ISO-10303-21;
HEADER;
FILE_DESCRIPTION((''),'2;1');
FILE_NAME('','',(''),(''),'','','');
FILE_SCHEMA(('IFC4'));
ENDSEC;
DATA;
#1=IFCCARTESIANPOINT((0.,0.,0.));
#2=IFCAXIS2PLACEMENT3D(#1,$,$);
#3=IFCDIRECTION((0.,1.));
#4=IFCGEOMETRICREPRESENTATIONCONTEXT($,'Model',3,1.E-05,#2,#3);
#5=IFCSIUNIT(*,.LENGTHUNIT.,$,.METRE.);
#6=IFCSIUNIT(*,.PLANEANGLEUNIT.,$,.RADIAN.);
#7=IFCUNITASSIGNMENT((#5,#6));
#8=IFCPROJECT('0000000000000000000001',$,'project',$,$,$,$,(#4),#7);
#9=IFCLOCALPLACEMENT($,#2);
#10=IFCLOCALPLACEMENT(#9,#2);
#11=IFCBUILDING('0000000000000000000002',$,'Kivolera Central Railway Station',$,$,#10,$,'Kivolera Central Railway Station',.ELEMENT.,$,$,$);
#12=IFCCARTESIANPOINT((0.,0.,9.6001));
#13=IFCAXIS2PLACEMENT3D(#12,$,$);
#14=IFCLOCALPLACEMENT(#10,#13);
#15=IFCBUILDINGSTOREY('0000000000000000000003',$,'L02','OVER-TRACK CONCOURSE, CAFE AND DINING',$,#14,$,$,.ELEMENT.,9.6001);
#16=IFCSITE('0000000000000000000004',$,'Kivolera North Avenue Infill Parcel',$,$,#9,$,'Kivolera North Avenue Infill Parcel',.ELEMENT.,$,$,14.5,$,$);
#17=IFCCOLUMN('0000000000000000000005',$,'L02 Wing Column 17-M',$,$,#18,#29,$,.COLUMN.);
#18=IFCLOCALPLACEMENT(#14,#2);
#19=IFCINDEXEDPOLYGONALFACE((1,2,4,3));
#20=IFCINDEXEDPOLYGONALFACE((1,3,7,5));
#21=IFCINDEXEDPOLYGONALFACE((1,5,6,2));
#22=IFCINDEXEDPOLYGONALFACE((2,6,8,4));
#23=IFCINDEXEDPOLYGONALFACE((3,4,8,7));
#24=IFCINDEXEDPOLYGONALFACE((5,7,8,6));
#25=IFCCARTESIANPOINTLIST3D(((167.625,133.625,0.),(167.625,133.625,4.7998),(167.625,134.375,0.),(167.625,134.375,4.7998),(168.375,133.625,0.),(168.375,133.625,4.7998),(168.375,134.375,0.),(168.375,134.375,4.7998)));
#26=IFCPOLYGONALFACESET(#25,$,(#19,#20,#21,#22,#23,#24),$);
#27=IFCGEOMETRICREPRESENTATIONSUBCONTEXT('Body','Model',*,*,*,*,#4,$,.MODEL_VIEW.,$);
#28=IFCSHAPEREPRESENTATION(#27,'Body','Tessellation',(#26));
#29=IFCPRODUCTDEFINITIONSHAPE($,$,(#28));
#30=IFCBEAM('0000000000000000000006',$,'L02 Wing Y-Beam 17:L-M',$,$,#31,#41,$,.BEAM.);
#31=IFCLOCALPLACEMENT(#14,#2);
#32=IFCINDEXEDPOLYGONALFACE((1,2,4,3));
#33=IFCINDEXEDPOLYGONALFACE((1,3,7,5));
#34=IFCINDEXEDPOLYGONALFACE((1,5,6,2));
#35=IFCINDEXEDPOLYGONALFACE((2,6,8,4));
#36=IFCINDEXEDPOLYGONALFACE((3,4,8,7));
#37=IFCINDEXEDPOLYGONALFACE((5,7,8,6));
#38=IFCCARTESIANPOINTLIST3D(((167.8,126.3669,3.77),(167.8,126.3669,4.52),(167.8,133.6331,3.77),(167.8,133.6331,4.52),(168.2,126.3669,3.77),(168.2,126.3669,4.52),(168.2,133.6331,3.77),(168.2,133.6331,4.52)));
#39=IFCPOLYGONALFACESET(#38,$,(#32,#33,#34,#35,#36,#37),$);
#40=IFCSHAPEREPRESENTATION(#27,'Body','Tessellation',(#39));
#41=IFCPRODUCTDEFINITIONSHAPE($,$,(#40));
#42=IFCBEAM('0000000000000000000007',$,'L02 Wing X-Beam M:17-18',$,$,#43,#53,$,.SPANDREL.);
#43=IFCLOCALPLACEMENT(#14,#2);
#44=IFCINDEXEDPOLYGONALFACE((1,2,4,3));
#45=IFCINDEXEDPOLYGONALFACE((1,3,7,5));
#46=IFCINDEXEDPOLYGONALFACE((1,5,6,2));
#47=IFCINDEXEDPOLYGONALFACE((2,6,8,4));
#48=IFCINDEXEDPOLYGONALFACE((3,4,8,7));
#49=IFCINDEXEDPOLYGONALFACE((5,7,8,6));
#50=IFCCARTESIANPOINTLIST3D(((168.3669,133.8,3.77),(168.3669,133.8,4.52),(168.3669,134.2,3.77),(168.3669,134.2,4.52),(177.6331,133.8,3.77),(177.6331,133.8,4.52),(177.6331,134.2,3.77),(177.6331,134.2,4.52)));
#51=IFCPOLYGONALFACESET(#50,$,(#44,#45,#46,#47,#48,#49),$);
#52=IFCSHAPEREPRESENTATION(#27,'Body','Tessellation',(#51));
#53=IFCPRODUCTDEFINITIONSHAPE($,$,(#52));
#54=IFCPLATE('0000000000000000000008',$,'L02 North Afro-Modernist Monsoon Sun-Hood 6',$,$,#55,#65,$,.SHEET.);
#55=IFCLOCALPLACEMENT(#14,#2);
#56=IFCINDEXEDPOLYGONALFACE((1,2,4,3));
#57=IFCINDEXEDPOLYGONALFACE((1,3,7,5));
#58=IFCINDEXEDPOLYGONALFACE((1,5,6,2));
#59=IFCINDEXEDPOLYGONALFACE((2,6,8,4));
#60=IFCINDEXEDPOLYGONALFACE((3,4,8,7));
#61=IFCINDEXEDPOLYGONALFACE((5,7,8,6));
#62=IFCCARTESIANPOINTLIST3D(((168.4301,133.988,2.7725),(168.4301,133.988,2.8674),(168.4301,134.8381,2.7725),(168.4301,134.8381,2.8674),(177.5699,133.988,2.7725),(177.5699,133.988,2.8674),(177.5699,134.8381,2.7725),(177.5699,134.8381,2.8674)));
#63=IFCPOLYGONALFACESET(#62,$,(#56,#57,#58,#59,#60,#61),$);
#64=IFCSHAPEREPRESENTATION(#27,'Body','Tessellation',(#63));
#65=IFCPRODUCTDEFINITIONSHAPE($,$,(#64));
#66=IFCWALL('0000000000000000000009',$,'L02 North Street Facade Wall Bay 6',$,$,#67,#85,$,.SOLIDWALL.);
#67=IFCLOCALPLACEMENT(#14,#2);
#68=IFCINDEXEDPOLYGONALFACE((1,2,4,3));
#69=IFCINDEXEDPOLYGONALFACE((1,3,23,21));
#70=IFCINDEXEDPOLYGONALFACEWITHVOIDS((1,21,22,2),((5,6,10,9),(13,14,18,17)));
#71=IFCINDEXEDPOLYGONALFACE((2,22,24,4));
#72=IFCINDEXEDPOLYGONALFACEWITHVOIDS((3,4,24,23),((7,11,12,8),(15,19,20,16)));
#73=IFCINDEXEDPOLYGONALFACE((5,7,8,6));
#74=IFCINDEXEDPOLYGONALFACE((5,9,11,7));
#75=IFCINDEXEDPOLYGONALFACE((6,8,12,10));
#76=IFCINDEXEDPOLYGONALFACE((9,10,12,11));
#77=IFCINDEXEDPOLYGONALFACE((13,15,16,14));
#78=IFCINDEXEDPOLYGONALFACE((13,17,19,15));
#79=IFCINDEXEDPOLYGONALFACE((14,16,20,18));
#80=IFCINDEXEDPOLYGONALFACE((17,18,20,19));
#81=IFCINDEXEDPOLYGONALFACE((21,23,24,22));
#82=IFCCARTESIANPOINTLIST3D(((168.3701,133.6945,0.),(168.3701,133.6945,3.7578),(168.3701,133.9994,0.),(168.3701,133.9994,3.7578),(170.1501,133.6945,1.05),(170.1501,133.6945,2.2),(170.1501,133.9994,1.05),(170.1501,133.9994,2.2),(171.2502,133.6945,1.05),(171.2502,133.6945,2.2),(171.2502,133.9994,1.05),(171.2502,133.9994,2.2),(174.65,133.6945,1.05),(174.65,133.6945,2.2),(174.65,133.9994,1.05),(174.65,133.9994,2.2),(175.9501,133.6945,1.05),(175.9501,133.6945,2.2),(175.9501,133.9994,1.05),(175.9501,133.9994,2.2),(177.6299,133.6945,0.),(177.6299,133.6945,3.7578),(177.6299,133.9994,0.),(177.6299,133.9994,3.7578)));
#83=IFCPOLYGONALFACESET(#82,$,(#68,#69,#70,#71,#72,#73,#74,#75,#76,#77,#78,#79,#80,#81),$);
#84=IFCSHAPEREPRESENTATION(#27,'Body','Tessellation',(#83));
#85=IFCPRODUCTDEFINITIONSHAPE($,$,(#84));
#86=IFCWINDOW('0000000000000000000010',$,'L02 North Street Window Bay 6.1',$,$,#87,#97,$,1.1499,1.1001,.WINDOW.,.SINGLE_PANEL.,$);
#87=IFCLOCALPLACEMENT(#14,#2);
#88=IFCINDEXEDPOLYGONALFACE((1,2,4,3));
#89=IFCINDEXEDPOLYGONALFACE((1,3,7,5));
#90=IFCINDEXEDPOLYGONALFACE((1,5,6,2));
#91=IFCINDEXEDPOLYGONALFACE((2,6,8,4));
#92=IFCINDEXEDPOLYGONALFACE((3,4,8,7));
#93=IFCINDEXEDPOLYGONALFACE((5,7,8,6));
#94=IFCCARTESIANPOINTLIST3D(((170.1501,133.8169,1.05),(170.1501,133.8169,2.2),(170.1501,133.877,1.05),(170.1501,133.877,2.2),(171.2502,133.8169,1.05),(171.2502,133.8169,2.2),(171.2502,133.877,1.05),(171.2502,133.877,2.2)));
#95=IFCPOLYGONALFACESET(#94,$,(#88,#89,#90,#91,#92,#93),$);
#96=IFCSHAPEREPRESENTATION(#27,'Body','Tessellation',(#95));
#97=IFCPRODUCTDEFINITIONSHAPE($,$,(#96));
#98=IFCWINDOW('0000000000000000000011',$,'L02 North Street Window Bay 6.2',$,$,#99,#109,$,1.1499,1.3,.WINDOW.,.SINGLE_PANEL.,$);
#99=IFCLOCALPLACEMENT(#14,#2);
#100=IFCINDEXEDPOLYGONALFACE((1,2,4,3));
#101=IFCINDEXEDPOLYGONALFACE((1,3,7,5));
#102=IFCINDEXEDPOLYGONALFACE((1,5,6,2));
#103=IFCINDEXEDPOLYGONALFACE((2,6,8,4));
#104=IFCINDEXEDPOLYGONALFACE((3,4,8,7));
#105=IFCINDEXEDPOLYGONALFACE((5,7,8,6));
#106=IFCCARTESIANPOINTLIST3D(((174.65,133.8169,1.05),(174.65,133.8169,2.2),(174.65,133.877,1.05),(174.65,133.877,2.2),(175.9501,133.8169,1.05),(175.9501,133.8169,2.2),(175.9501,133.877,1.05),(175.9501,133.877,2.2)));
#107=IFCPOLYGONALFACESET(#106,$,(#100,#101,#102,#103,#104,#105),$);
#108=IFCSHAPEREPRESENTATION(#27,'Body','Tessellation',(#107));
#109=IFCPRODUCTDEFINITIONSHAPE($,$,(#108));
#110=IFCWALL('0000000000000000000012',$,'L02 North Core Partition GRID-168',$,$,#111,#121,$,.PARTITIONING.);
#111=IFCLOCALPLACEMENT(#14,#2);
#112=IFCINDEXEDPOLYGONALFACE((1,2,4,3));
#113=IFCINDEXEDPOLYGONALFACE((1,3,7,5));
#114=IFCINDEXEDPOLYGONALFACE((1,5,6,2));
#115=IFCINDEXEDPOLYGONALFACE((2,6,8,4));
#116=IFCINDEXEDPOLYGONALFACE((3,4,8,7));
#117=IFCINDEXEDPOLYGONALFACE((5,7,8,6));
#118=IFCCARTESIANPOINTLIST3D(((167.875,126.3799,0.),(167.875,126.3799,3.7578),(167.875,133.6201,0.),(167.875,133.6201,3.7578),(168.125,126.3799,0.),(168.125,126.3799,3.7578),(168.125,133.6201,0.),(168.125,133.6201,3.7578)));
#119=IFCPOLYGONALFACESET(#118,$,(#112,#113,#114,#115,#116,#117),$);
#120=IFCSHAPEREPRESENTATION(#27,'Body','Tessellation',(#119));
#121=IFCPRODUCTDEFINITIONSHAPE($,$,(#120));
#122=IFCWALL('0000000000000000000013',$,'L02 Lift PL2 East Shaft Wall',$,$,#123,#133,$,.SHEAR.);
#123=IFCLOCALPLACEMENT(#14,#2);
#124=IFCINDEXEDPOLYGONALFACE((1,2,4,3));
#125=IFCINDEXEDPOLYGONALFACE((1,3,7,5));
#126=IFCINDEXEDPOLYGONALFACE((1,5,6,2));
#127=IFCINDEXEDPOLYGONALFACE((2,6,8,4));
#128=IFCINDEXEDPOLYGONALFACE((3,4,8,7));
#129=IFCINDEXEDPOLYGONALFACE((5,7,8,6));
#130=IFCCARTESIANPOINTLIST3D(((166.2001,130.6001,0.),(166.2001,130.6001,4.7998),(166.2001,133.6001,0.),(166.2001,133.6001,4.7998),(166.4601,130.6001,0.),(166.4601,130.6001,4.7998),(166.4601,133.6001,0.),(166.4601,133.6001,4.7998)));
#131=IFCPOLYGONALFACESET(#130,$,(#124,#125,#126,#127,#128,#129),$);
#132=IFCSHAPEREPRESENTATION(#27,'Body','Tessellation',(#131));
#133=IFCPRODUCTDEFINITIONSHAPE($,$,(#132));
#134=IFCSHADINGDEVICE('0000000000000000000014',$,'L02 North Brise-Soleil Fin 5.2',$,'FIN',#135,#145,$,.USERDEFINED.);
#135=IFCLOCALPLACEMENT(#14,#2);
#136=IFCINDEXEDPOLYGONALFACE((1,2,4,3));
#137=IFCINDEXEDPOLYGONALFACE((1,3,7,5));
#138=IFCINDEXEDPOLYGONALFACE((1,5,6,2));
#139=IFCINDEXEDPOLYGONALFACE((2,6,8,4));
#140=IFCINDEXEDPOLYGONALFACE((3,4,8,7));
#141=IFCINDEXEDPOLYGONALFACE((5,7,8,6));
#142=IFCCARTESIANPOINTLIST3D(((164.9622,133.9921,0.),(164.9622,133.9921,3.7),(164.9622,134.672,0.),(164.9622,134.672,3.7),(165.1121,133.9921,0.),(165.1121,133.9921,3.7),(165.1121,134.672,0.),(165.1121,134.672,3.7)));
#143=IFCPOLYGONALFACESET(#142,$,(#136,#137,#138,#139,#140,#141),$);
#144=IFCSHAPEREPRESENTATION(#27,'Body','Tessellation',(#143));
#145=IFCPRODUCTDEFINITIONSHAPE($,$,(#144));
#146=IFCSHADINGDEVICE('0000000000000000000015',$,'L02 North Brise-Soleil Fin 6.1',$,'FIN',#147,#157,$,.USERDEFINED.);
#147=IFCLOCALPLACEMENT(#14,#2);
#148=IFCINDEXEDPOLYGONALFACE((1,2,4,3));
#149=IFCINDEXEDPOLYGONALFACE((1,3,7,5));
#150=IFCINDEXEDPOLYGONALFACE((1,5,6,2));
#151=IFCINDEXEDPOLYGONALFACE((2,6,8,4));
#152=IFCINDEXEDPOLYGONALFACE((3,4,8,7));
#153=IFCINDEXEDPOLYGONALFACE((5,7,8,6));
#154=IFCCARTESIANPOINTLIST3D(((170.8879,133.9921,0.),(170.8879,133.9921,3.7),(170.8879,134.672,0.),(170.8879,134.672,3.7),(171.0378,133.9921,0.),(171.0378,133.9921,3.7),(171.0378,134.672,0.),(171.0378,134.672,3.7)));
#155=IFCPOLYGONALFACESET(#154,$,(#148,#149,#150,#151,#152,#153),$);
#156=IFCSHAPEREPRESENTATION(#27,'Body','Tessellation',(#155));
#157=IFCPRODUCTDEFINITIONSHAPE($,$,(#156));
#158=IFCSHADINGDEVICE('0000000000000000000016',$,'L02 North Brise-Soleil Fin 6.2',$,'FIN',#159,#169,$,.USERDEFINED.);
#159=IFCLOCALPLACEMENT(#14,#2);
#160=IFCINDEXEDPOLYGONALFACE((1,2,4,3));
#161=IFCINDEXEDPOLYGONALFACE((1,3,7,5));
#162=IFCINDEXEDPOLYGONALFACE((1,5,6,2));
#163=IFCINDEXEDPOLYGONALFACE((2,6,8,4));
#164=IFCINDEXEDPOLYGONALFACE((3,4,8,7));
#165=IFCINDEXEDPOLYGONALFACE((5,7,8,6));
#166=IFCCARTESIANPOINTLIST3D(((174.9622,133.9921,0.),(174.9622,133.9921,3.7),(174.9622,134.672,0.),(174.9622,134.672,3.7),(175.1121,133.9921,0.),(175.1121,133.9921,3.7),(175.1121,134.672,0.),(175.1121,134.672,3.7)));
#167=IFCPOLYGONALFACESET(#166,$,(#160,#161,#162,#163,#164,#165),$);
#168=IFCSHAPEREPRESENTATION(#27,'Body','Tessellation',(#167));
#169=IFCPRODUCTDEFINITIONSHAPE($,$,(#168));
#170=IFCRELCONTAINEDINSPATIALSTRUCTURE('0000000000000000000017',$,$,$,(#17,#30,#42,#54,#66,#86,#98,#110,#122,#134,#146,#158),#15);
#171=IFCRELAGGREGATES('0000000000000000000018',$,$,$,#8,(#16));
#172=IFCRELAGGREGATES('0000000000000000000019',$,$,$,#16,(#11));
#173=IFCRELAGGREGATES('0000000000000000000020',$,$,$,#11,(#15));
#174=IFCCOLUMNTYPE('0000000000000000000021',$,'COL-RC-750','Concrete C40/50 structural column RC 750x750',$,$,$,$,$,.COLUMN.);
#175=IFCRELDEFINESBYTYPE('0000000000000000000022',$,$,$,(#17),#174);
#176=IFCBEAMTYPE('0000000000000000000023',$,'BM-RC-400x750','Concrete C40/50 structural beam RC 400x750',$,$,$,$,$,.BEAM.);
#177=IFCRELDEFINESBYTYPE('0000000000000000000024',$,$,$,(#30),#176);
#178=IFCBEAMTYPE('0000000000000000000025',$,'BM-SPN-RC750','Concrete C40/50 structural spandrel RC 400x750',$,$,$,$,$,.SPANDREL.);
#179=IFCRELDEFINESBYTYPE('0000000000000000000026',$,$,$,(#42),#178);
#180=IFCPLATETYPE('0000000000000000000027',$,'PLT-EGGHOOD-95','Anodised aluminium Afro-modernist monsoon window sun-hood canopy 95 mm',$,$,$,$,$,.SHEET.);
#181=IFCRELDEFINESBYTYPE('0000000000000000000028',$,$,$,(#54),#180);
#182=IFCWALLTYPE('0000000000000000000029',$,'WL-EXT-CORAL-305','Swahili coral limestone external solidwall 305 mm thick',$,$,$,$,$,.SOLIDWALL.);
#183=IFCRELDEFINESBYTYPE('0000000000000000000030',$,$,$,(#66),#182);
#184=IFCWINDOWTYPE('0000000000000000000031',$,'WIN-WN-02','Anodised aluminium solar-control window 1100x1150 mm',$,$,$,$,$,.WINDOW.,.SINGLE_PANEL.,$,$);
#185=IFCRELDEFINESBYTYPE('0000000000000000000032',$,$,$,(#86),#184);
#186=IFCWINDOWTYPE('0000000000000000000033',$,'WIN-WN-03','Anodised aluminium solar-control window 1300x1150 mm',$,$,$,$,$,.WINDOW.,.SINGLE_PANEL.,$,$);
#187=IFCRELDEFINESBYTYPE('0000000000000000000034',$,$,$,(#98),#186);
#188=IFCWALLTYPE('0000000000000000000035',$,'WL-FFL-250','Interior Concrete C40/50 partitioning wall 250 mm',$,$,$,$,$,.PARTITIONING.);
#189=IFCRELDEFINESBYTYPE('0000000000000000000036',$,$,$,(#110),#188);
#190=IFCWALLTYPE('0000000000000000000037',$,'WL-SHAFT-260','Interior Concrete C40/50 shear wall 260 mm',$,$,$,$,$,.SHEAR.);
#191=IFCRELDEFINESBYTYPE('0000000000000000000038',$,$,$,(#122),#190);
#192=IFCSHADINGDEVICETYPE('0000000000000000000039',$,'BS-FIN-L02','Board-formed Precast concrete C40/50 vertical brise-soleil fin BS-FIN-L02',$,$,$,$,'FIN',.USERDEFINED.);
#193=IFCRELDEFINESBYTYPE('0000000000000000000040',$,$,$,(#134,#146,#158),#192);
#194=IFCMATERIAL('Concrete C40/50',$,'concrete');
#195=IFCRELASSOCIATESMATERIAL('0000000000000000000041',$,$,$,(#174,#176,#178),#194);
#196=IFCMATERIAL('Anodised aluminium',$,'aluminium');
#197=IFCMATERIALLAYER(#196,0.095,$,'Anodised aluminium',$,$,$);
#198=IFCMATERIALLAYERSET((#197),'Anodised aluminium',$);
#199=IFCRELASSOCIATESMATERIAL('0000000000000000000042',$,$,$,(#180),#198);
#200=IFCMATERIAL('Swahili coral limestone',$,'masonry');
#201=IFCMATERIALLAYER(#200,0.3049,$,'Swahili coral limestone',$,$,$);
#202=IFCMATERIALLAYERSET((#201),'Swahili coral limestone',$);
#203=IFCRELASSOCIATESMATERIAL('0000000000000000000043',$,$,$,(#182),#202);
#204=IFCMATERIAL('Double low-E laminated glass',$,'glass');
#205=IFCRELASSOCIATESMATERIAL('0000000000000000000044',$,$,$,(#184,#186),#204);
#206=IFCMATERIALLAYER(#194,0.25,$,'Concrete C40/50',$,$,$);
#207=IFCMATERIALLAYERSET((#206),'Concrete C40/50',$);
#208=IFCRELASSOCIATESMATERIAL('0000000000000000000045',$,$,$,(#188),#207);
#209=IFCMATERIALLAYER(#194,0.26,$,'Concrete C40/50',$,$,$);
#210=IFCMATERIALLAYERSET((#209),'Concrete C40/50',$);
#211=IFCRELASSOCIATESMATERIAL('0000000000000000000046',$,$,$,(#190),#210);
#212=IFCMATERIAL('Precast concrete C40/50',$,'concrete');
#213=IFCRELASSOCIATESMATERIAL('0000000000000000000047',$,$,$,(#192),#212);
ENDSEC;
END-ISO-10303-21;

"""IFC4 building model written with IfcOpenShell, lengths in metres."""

from ifc_helpers import new_model, si_unit, direction, frame, frame_2d, origin, origin_2d, place, context, subcontext, project, spatial, rectangle, extrude, material, layer, layer_set, material_profile, profile_set, type_object, element, fill, save


model = new_model("IFC4")

# Units and contexts
model_context = context("Model", 3, precision=1e-05, world=origin(), true_north=direction((0.0, 1.0)))
body_context = subcontext(model_context, "Body", "Model", "MODEL_VIEW")
ifc_project = project(units=[si_unit("LENGTHUNIT", "METRE"), si_unit("PLANEANGLEUNIT", "RADIAN")], contexts=[model_context])

# Site, building, storey
site_placement = place(None, origin())
site = spatial("IfcSite", under=ifc_project, at=site_placement, Name="Kivolera North Avenue Infill Parcel", LongName="Kivolera North Avenue Infill Parcel", CompositionType="ELEMENT", RefElevation=14.5)
building_placement = place(site_placement, origin())
building = spatial("IfcBuilding", under=site, at=building_placement, Name="Kivolera Central Railway Station", LongName="Kivolera Central Railway Station", CompositionType="ELEMENT")
storey_placement = place(building_placement, frame((0.0, 0.0, 9.6001)))
storey = spatial("IfcBuildingStorey", under=building, at=storey_placement, Name="L02", Description="OVER-TRACK CONCOURSE, CAFE AND DINING", CompositionType="ELEMENT", Elevation=9.6001)

# Column
ifc_material_1 = material(Name="Concrete C40/50", Category="concrete")
ifc_material_profile_1 = material_profile(ifc_material_1, rectangle(XDim=0.75, YDim=0.75, at=origin_2d()), Name="RC 750x750")
ifc_profile_set_1 = profile_set([ifc_material_profile_1], Name="Concrete C40/50")
column_type = type_object("IfcColumnType", Name="COL-RC-750", Description="Concrete C40/50 structural column RC 750x750", PredefinedType="COLUMN", material=ifc_profile_set_1)
column_placement = place(storey_placement, frame((168.0, 134.0, 0.0), z_axis=(0.0, 0.0, 1.0), x_axis=(1.0, 0.0, 0.0)))
element("IfcColumn", 1, at=column_placement, inside=storey, type_object=column_type, Name="L02 Wing Column 17-M", PredefinedType="COLUMN", context=body_context, shape_type="SweptSolid", body=[
    extrude(rectangle(XDim=0.75, YDim=0.75, at=origin_2d()), origin(), (0.0, 0.0, 1.0), 4.7998),
])

# Beams
ifc_material_profile_2 = material_profile(ifc_material_1, rectangle(XDim=0.3999, YDim=0.75, at=origin_2d()), Name="RC 400x750")
ifc_profile_set_2 = profile_set([ifc_material_profile_2], Name="Concrete C40/50")
beam_type_1 = type_object("IfcBeamType", Name="BM-RC-400x750", Description="Concrete C40/50 structural beam RC 400x750", PredefinedType="BEAM", material=ifc_profile_set_2)
beam_1_placement = place(storey_placement, frame((168.0, 126.3669, 4.145), z_axis=(0.0, 1.0, 0.0), x_axis=(-1.0, 0.0, 0.0)))
element("IfcBeam", 2, at=beam_1_placement, inside=storey, type_object=beam_type_1, Name="L02 Wing Y-Beam 17:L-M", PredefinedType="BEAM", context=body_context, shape_type="SweptSolid", body=[
    extrude(rectangle(XDim=0.3999, YDim=0.75, at=origin_2d()), origin(), (0.0, 0.0, 1.0), 7.2661),
])
ifc_material_profile_3 = material_profile(ifc_material_1, rectangle(XDim=0.3999, YDim=0.75, at=origin_2d()), Name="RC 400x750")
ifc_profile_set_3 = profile_set([ifc_material_profile_3], Name="Concrete C40/50")
beam_type_2 = type_object("IfcBeamType", Name="BM-SPN-RC750", Description="Concrete C40/50 structural spandrel RC 400x750", PredefinedType="SPANDREL", material=ifc_profile_set_3)
beam_2_placement = place(storey_placement, frame((168.3669, 134.0, 4.145), z_axis=(1.0, 0.0, 0.0), x_axis=(0.0, 1.0, 0.0)))
element("IfcBeam", 3, at=beam_2_placement, inside=storey, type_object=beam_type_2, Name="L02 Wing X-Beam M:17-18", PredefinedType="SPANDREL", context=body_context, shape_type="SweptSolid", body=[
    extrude(rectangle(XDim=0.3999, YDim=0.75, at=origin_2d()), origin(), (0.0, 0.0, 1.0), 9.2661),
])

# Plate
ifc_material_2 = material(Name="Anodised aluminium", Category="aluminium")
ifc_layer_1 = layer(ifc_material_2, 0.095, Name="Anodised aluminium")
ifc_layer_set_1 = layer_set([ifc_layer_1], Name="Anodised aluminium")
plate_type = type_object("IfcPlateType", Name="PLT-EGGHOOD-95", Description="Anodised aluminium Afro-modernist monsoon window sun-hood canopy 95 mm", PredefinedType="SHEET", material=ifc_layer_set_1)
plate_placement = place(storey_placement, frame((173.0, 134.4131, 2.7725), z_axis=(0.0, 0.0, 1.0), x_axis=(1.0, 0.0, 0.0)))
element("IfcPlate", 4, at=plate_placement, inside=storey, type_object=plate_type, Name="L02 North Afro-Modernist Monsoon Sun-Hood 6", PredefinedType="SHEET", context=body_context, shape_type="SweptSolid", body=[
    extrude(rectangle(XDim=9.1399, YDim=0.8501, at=origin_2d()), origin(), (0.0, 0.0, 1.0), 0.095),
])

# Wall, openings, windows
ifc_material_3 = material(Name="Swahili coral limestone", Category="masonry")
ifc_layer_2 = layer(ifc_material_3, 0.3049, Name="Swahili coral limestone")
ifc_layer_set_2 = layer_set([ifc_layer_2], Name="Swahili coral limestone")
wall_type_1 = type_object("IfcWallType", Name="WL-EXT-CORAL-305", Description="Swahili coral limestone external solidwall 305 mm thick", PredefinedType="SOLIDWALL", material=ifc_layer_set_2)
wall_1_placement = place(storey_placement, frame((168.3701, 133.8469, 0.0), z_axis=(0.0, 0.0, 1.0), x_axis=(1.0, 0.0, 0.0)))
wall_1 = element("IfcWall", 5, at=wall_1_placement, inside=storey, type_object=wall_type_1, Name="L02 North Street Facade Wall Bay 6", PredefinedType="SOLIDWALL", context=body_context, shape_type="SweptSolid", body=[
    extrude(rectangle(XDim=9.2598, YDim=0.3049, at=frame_2d((4.6299, 0.0))), origin(), (0.0, 0.0, 1.0), 3.7578),
])
opening_1_placement = place(wall_1_placement, frame((1.78, 0.0, 1.05)))
opening_1 = element("IfcOpeningElement", 6, at=opening_1_placement, cuts=wall_1, PredefinedType="OPENING", context=body_context, shape_type="SweptSolid", body=[
    extrude(rectangle(XDim=1.1001, YDim=1.1499, at=frame_2d((0.55, 0.575))), frame((0.0, 0.1624, 0.0), z_axis=(0.0, -1.0, 0.0), x_axis=(1.0, 0.0, 0.0)), (0.0, 0.0, 1.0), 0.325),
])
opening_2_placement = place(wall_1_placement, frame((6.28, 0.0, 1.05)))
opening_2 = element("IfcOpeningElement", 7, at=opening_2_placement, cuts=wall_1, PredefinedType="OPENING", context=body_context, shape_type="SweptSolid", body=[
    extrude(rectangle(XDim=1.3, YDim=1.1499, at=frame_2d((0.6499, 0.575))), frame((0.0, 0.1624, 0.0), z_axis=(0.0, -1.0, 0.0), x_axis=(1.0, 0.0, 0.0)), (0.0, 0.0, 1.0), 0.325),
])
ifc_material_4 = material(Name="Double low-E laminated glass", Category="glass")
window_type_1 = type_object("IfcWindowType", Name="WIN-WN-02", Description="Anodised aluminium solar-control window 1100x1150 mm", PartitioningType="SINGLE_PANEL", PredefinedType="WINDOW", material=ifc_material_4)
window_1_placement = place(opening_1_placement, origin())
window_1 = element("IfcWindow", 8, at=window_1_placement, inside=storey, type_object=window_type_1, Name="L02 North Street Window Bay 6.1", OverallHeight=1.1499, OverallWidth=1.1001, PartitioningType="SINGLE_PANEL", PredefinedType="WINDOW", context=body_context, shape_type="SweptSolid", body=[
    extrude(rectangle(XDim=1.1001, YDim=1.1499, at=frame_2d((0.55, 0.575))), frame((0.0, 0.03, 0.0), z_axis=(0.0, -1.0, 0.0), x_axis=(1.0, 0.0, 0.0)), (0.0, 0.0, 1.0), 0.0601),
])
fill(opening_1, window_1)
window_type_2 = type_object("IfcWindowType", Name="WIN-WN-03", Description="Anodised aluminium solar-control window 1300x1150 mm", PartitioningType="SINGLE_PANEL", PredefinedType="WINDOW", material=ifc_material_4)
window_2_placement = place(opening_2_placement, origin())
window_2 = element("IfcWindow", 9, at=window_2_placement, inside=storey, type_object=window_type_2, Name="L02 North Street Window Bay 6.2", OverallHeight=1.1499, OverallWidth=1.3, PartitioningType="SINGLE_PANEL", PredefinedType="WINDOW", context=body_context, shape_type="SweptSolid", body=[
    extrude(rectangle(XDim=1.3, YDim=1.1499, at=frame_2d((0.6499, 0.575))), frame((0.0, 0.03, 0.0), z_axis=(0.0, -1.0, 0.0), x_axis=(1.0, 0.0, 0.0)), (0.0, 0.0, 1.0), 0.0601),
])
fill(opening_2, window_2)

# Walls
ifc_layer_3 = layer(ifc_material_1, 0.25, Name="Concrete C40/50")
ifc_layer_set_3 = layer_set([ifc_layer_3], Name="Concrete C40/50")
wall_type_2 = type_object("IfcWallType", Name="WL-FFL-250", Description="Interior Concrete C40/50 partitioning wall 250 mm", PredefinedType="PARTITIONING", material=ifc_layer_set_3)
wall_2_placement = place(storey_placement, frame((168.0, 126.3799, 0.0), z_axis=(0.0, 0.0, 1.0), x_axis=(0.0, 1.0, 0.0)))
element("IfcWall", 10, at=wall_2_placement, inside=storey, type_object=wall_type_2, Name="L02 North Core Partition GRID-168", PredefinedType="PARTITIONING", context=body_context, shape_type="SweptSolid", body=[
    extrude(rectangle(XDim=7.2402, YDim=0.25, at=frame_2d((3.6201, 0.0))), origin(), (0.0, 0.0, 1.0), 3.7578),
])
ifc_layer_4 = layer(ifc_material_1, 0.26, Name="Concrete C40/50")
ifc_layer_set_4 = layer_set([ifc_layer_4], Name="Concrete C40/50")
wall_type_3 = type_object("IfcWallType", Name="WL-SHAFT-260", Description="Interior Concrete C40/50 shear wall 260 mm", PredefinedType="SHEAR", material=ifc_layer_set_4)
wall_3_placement = place(storey_placement, frame((166.3301, 130.6001, 0.0), z_axis=(0.0, 0.0, 1.0), x_axis=(0.0, 1.0, 0.0)))
element("IfcWall", 11, at=wall_3_placement, inside=storey, type_object=wall_type_3, Name="L02 Lift PL2 East Shaft Wall", PredefinedType="SHEAR", context=body_context, shape_type="SweptSolid", body=[
    extrude(rectangle(XDim=3.0, YDim=0.26, at=frame_2d((1.5, 0.0))), origin(), (0.0, 0.0, 1.0), 4.7998),
])

# Shading devices
ifc_material_5 = material(Name="Precast concrete C40/50", Category="concrete")
shading_device_type = type_object("IfcShadingDeviceType", Name="BS-FIN-L02", Description="Board-formed Precast concrete C40/50 vertical brise-soleil fin BS-FIN-L02", ElementType="FIN", PredefinedType="USERDEFINED", material=ifc_material_5)
for number, where, z_axis, x_axis, name in (
    (12, (165.0371, 134.332, 0.0), (0.0, 0.0, 1.0), (1.0, 0.0, 0.0), "L02 North Brise-Soleil Fin 5.2"),
    (13, (170.9629, 134.332, 0.0), (0.0, 0.0, 1.0), (1.0, 0.0, 0.0), "L02 North Brise-Soleil Fin 6.1"),
    (14, (175.0371, 134.332, 0.0), (0.0, 0.0, 1.0), (1.0, 0.0, 0.0), "L02 North Brise-Soleil Fin 6.2"),
):
    element("IfcShadingDevice", number, at=place(storey_placement, frame(where, z_axis=z_axis, x_axis=x_axis)), inside=storey, type_object=shading_device_type, Name=name, ObjectType="FIN", PredefinedType="USERDEFINED", context=body_context, shape_type="SweptSolid", body=[
        extrude(rectangle(XDim=0.1499, YDim=0.6799, at=origin_2d()), origin(), (0.0, 0.0, 1.0), 3.7),
    ])

save(model, "model.ifc")
